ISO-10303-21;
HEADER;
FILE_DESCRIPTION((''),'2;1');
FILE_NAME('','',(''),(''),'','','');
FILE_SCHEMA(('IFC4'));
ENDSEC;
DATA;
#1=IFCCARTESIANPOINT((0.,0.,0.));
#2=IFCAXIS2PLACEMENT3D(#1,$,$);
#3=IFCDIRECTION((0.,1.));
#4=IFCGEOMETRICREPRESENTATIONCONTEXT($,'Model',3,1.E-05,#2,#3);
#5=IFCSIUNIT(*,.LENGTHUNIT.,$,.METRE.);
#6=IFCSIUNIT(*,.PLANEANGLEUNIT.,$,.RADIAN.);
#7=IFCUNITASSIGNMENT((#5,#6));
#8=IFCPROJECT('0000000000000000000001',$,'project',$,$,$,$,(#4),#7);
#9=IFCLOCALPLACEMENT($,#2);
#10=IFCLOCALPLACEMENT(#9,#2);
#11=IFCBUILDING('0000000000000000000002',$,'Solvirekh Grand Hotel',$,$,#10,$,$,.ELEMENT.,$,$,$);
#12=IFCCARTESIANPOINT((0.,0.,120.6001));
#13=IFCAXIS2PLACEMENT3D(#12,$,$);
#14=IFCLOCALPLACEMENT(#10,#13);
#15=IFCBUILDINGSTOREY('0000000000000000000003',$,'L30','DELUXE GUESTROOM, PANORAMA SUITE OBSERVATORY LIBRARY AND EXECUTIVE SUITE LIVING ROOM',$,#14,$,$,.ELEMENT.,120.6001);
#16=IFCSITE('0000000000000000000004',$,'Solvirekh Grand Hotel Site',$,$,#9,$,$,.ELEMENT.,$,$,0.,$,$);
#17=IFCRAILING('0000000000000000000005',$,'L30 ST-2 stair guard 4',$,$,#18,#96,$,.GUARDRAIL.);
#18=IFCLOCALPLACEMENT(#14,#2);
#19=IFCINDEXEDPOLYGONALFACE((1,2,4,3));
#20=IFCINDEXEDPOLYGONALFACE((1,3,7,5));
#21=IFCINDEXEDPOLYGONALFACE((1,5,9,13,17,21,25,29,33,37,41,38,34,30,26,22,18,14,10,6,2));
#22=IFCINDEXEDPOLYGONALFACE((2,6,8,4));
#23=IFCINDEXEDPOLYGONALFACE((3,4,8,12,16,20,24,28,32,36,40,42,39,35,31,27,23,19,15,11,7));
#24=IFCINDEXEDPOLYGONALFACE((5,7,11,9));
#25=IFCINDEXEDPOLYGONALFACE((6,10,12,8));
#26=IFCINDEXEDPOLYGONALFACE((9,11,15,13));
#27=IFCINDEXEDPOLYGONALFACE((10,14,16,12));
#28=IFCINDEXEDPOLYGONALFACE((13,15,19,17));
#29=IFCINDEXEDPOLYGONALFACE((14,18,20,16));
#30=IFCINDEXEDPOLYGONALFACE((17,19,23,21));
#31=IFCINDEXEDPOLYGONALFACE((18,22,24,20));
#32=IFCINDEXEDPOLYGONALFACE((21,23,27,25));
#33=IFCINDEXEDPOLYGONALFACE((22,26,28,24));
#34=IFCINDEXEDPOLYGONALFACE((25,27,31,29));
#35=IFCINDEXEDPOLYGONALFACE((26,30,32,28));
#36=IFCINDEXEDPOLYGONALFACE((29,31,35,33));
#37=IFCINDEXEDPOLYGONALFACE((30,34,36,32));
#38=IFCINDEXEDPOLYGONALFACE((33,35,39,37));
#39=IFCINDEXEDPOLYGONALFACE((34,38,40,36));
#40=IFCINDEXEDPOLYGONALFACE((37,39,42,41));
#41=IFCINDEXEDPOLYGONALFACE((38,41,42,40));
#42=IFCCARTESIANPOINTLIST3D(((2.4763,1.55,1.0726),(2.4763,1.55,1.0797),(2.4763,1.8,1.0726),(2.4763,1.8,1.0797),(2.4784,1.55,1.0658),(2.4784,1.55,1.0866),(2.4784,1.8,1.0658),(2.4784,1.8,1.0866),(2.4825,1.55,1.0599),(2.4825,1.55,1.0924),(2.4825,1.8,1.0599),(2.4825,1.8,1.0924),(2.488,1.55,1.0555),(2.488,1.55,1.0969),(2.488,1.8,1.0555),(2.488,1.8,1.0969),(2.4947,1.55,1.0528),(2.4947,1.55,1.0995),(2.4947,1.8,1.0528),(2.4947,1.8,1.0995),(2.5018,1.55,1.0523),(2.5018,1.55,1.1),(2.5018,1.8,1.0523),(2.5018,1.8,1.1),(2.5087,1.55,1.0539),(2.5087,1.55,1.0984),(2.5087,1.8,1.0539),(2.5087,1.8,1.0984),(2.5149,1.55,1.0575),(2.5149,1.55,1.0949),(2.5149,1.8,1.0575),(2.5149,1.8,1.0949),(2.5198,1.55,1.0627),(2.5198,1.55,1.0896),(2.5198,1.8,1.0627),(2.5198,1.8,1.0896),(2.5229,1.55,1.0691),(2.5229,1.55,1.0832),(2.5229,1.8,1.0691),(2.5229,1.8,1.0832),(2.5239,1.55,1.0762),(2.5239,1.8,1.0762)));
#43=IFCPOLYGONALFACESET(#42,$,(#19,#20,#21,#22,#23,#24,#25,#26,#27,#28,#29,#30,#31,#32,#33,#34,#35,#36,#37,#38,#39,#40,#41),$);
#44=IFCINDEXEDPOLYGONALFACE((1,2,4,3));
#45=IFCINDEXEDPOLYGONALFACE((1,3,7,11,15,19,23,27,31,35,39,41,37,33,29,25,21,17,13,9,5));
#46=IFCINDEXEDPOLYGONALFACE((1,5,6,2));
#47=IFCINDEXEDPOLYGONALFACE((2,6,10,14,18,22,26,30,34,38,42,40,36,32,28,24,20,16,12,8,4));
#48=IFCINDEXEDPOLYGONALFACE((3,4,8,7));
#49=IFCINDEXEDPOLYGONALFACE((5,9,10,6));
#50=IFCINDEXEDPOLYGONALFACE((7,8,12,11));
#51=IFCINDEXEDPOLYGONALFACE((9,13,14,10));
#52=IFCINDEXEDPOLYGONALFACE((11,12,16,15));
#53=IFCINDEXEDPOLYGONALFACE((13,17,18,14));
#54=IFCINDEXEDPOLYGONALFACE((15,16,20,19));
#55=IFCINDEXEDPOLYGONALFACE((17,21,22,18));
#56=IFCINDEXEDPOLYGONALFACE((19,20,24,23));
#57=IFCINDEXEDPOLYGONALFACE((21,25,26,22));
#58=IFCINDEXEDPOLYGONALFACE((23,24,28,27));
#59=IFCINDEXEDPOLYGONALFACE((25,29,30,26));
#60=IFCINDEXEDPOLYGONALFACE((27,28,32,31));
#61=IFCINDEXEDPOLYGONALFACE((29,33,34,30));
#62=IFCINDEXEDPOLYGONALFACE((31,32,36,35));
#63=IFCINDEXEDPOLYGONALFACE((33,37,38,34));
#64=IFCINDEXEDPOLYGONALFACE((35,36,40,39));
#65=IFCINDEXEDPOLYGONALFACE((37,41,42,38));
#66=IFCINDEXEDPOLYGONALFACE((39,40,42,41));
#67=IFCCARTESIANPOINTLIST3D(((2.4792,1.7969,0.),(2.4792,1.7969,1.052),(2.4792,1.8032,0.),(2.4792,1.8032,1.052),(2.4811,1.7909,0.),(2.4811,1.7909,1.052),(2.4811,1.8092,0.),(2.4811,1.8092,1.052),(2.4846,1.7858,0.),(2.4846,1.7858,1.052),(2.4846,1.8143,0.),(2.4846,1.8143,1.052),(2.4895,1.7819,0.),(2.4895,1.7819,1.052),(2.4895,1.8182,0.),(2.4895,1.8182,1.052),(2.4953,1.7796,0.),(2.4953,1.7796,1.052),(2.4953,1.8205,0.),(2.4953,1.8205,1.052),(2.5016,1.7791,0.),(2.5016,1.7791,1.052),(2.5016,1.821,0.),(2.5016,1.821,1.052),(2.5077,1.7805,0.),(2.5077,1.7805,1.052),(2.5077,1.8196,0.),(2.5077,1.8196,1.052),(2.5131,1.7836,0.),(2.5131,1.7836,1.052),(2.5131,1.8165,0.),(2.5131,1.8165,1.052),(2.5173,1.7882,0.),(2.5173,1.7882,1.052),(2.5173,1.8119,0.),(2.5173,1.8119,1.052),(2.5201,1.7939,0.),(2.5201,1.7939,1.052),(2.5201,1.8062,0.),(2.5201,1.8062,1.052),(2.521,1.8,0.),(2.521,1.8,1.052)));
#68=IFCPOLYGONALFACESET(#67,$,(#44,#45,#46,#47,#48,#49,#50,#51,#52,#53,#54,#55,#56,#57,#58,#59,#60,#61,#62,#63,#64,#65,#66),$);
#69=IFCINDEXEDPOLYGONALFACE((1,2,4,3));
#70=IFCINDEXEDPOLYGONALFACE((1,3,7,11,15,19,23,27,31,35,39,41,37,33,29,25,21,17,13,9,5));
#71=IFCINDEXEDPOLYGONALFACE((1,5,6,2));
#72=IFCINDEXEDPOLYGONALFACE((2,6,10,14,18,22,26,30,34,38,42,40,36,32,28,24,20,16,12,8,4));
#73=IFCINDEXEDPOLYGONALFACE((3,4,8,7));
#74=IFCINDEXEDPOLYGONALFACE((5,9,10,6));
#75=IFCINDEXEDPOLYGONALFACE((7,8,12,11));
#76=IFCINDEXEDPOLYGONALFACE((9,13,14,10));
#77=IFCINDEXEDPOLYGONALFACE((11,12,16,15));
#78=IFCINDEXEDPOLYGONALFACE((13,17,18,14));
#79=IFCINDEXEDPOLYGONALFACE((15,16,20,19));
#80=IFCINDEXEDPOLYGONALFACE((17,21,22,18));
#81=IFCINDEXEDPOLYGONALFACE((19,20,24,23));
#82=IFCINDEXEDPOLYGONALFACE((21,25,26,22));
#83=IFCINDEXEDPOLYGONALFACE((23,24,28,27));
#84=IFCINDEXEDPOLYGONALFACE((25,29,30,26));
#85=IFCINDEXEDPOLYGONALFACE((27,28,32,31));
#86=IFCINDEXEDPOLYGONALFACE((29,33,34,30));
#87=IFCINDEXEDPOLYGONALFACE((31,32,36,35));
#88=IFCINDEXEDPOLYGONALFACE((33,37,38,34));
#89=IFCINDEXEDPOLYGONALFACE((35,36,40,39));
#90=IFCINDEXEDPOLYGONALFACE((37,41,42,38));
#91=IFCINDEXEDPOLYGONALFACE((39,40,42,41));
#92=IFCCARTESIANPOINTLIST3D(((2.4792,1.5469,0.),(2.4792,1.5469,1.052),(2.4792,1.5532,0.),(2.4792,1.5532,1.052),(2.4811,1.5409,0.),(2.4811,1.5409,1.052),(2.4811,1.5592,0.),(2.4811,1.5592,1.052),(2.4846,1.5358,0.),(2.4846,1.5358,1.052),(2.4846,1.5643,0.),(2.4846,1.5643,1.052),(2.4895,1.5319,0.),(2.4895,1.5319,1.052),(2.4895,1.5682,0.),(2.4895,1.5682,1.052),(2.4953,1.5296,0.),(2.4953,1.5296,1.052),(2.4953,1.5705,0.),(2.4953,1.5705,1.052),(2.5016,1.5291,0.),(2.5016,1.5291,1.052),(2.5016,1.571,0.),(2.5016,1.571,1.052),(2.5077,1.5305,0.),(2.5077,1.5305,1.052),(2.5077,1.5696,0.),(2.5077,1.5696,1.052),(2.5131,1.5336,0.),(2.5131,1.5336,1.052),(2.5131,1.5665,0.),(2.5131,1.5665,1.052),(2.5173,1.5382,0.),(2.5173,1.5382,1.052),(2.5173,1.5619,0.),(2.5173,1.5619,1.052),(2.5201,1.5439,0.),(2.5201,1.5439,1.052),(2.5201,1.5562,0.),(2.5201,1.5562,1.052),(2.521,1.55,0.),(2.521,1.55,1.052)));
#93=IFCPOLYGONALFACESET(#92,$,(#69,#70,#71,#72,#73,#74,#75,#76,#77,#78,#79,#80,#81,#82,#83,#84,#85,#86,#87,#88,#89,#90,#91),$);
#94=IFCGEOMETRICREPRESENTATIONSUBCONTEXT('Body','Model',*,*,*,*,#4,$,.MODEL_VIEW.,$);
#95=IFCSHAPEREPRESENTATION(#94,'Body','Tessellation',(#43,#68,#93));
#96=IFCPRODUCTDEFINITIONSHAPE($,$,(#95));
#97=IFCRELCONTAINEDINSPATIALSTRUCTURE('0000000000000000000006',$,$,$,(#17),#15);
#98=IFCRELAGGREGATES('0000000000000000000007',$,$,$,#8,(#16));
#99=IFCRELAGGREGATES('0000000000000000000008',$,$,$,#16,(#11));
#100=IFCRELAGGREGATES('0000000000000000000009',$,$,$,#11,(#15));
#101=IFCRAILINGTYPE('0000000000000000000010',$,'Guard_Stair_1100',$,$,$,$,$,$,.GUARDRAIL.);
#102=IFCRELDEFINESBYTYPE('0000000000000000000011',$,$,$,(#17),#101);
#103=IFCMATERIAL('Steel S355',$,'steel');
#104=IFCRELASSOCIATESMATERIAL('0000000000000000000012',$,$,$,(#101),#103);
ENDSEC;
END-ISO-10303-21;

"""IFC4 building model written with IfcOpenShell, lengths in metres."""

from ifc_helpers import new_model, si_unit, direction, frame, origin, origin_2d, place, context, subcontext, project, spatial, circle, extrude, material, type_object, element, save


model = new_model("IFC4")

# Units and contexts
model_context = context("Model", 3, precision=1e-05, world=origin(), true_north=direction((0.0, 1.0)))
body_context = subcontext(model_context, "Body", "Model", "MODEL_VIEW")
ifc_project = project(units=[si_unit("LENGTHUNIT", "METRE"), si_unit("PLANEANGLEUNIT", "RADIAN")], contexts=[model_context])

# Site, building, storey
site_placement = place(None, origin())
site = spatial("IfcSite", under=ifc_project, at=site_placement, Name="Solvirekh Grand Hotel Site", CompositionType="ELEMENT", RefElevation=0.0)
building_placement = place(site_placement, origin())
building = spatial("IfcBuilding", under=site, at=building_placement, Name="Solvirekh Grand Hotel", CompositionType="ELEMENT")
storey_placement = place(building_placement, frame((0.0, 0.0, 120.6001)))
storey = spatial("IfcBuildingStorey", under=building, at=storey_placement, Name="L30", Description="DELUXE GUESTROOM, PANORAMA SUITE OBSERVATORY LIBRARY AND EXECUTIVE SUITE LIVING ROOM", CompositionType="ELEMENT", Elevation=120.6001)

# Railing
ifc_material_1 = material(Name="Steel S355", Category="steel")
railing_type_1 = type_object("IfcRailingType", Name="Guard_Stair_1100", PredefinedType="GUARDRAIL", material=ifc_material_1)
railing_1_placement = place(storey_placement, frame((2.5, 1.8, 0.0)))
element("IfcRailing", 1, at=railing_1_placement, inside=storey, type_object=railing_type_1, Name="L30 ST-2 stair guard 4", PredefinedType="GUARDRAIL", context=body_context, shape_type="SweptSolid", body=[
    extrude(circle(Radius=0.0239, at=origin_2d()), frame((0.0, 0.0, 1.0762), z_axis=(0.0, -1.0, 0.0), x_axis=(1.0, 0.0, 0.0)), (0.0, 0.0, 1.0), 0.25),
    extrude(circle(Radius=0.021, at=origin_2d()), origin(), (0.0, 0.0, 1.0), 1.052),
    extrude(circle(Radius=0.021, at=origin_2d()), frame((0.0, -0.25, 0.0)), (0.0, 0.0, 1.0), 1.052),
])

save(model, "model.ifc")
